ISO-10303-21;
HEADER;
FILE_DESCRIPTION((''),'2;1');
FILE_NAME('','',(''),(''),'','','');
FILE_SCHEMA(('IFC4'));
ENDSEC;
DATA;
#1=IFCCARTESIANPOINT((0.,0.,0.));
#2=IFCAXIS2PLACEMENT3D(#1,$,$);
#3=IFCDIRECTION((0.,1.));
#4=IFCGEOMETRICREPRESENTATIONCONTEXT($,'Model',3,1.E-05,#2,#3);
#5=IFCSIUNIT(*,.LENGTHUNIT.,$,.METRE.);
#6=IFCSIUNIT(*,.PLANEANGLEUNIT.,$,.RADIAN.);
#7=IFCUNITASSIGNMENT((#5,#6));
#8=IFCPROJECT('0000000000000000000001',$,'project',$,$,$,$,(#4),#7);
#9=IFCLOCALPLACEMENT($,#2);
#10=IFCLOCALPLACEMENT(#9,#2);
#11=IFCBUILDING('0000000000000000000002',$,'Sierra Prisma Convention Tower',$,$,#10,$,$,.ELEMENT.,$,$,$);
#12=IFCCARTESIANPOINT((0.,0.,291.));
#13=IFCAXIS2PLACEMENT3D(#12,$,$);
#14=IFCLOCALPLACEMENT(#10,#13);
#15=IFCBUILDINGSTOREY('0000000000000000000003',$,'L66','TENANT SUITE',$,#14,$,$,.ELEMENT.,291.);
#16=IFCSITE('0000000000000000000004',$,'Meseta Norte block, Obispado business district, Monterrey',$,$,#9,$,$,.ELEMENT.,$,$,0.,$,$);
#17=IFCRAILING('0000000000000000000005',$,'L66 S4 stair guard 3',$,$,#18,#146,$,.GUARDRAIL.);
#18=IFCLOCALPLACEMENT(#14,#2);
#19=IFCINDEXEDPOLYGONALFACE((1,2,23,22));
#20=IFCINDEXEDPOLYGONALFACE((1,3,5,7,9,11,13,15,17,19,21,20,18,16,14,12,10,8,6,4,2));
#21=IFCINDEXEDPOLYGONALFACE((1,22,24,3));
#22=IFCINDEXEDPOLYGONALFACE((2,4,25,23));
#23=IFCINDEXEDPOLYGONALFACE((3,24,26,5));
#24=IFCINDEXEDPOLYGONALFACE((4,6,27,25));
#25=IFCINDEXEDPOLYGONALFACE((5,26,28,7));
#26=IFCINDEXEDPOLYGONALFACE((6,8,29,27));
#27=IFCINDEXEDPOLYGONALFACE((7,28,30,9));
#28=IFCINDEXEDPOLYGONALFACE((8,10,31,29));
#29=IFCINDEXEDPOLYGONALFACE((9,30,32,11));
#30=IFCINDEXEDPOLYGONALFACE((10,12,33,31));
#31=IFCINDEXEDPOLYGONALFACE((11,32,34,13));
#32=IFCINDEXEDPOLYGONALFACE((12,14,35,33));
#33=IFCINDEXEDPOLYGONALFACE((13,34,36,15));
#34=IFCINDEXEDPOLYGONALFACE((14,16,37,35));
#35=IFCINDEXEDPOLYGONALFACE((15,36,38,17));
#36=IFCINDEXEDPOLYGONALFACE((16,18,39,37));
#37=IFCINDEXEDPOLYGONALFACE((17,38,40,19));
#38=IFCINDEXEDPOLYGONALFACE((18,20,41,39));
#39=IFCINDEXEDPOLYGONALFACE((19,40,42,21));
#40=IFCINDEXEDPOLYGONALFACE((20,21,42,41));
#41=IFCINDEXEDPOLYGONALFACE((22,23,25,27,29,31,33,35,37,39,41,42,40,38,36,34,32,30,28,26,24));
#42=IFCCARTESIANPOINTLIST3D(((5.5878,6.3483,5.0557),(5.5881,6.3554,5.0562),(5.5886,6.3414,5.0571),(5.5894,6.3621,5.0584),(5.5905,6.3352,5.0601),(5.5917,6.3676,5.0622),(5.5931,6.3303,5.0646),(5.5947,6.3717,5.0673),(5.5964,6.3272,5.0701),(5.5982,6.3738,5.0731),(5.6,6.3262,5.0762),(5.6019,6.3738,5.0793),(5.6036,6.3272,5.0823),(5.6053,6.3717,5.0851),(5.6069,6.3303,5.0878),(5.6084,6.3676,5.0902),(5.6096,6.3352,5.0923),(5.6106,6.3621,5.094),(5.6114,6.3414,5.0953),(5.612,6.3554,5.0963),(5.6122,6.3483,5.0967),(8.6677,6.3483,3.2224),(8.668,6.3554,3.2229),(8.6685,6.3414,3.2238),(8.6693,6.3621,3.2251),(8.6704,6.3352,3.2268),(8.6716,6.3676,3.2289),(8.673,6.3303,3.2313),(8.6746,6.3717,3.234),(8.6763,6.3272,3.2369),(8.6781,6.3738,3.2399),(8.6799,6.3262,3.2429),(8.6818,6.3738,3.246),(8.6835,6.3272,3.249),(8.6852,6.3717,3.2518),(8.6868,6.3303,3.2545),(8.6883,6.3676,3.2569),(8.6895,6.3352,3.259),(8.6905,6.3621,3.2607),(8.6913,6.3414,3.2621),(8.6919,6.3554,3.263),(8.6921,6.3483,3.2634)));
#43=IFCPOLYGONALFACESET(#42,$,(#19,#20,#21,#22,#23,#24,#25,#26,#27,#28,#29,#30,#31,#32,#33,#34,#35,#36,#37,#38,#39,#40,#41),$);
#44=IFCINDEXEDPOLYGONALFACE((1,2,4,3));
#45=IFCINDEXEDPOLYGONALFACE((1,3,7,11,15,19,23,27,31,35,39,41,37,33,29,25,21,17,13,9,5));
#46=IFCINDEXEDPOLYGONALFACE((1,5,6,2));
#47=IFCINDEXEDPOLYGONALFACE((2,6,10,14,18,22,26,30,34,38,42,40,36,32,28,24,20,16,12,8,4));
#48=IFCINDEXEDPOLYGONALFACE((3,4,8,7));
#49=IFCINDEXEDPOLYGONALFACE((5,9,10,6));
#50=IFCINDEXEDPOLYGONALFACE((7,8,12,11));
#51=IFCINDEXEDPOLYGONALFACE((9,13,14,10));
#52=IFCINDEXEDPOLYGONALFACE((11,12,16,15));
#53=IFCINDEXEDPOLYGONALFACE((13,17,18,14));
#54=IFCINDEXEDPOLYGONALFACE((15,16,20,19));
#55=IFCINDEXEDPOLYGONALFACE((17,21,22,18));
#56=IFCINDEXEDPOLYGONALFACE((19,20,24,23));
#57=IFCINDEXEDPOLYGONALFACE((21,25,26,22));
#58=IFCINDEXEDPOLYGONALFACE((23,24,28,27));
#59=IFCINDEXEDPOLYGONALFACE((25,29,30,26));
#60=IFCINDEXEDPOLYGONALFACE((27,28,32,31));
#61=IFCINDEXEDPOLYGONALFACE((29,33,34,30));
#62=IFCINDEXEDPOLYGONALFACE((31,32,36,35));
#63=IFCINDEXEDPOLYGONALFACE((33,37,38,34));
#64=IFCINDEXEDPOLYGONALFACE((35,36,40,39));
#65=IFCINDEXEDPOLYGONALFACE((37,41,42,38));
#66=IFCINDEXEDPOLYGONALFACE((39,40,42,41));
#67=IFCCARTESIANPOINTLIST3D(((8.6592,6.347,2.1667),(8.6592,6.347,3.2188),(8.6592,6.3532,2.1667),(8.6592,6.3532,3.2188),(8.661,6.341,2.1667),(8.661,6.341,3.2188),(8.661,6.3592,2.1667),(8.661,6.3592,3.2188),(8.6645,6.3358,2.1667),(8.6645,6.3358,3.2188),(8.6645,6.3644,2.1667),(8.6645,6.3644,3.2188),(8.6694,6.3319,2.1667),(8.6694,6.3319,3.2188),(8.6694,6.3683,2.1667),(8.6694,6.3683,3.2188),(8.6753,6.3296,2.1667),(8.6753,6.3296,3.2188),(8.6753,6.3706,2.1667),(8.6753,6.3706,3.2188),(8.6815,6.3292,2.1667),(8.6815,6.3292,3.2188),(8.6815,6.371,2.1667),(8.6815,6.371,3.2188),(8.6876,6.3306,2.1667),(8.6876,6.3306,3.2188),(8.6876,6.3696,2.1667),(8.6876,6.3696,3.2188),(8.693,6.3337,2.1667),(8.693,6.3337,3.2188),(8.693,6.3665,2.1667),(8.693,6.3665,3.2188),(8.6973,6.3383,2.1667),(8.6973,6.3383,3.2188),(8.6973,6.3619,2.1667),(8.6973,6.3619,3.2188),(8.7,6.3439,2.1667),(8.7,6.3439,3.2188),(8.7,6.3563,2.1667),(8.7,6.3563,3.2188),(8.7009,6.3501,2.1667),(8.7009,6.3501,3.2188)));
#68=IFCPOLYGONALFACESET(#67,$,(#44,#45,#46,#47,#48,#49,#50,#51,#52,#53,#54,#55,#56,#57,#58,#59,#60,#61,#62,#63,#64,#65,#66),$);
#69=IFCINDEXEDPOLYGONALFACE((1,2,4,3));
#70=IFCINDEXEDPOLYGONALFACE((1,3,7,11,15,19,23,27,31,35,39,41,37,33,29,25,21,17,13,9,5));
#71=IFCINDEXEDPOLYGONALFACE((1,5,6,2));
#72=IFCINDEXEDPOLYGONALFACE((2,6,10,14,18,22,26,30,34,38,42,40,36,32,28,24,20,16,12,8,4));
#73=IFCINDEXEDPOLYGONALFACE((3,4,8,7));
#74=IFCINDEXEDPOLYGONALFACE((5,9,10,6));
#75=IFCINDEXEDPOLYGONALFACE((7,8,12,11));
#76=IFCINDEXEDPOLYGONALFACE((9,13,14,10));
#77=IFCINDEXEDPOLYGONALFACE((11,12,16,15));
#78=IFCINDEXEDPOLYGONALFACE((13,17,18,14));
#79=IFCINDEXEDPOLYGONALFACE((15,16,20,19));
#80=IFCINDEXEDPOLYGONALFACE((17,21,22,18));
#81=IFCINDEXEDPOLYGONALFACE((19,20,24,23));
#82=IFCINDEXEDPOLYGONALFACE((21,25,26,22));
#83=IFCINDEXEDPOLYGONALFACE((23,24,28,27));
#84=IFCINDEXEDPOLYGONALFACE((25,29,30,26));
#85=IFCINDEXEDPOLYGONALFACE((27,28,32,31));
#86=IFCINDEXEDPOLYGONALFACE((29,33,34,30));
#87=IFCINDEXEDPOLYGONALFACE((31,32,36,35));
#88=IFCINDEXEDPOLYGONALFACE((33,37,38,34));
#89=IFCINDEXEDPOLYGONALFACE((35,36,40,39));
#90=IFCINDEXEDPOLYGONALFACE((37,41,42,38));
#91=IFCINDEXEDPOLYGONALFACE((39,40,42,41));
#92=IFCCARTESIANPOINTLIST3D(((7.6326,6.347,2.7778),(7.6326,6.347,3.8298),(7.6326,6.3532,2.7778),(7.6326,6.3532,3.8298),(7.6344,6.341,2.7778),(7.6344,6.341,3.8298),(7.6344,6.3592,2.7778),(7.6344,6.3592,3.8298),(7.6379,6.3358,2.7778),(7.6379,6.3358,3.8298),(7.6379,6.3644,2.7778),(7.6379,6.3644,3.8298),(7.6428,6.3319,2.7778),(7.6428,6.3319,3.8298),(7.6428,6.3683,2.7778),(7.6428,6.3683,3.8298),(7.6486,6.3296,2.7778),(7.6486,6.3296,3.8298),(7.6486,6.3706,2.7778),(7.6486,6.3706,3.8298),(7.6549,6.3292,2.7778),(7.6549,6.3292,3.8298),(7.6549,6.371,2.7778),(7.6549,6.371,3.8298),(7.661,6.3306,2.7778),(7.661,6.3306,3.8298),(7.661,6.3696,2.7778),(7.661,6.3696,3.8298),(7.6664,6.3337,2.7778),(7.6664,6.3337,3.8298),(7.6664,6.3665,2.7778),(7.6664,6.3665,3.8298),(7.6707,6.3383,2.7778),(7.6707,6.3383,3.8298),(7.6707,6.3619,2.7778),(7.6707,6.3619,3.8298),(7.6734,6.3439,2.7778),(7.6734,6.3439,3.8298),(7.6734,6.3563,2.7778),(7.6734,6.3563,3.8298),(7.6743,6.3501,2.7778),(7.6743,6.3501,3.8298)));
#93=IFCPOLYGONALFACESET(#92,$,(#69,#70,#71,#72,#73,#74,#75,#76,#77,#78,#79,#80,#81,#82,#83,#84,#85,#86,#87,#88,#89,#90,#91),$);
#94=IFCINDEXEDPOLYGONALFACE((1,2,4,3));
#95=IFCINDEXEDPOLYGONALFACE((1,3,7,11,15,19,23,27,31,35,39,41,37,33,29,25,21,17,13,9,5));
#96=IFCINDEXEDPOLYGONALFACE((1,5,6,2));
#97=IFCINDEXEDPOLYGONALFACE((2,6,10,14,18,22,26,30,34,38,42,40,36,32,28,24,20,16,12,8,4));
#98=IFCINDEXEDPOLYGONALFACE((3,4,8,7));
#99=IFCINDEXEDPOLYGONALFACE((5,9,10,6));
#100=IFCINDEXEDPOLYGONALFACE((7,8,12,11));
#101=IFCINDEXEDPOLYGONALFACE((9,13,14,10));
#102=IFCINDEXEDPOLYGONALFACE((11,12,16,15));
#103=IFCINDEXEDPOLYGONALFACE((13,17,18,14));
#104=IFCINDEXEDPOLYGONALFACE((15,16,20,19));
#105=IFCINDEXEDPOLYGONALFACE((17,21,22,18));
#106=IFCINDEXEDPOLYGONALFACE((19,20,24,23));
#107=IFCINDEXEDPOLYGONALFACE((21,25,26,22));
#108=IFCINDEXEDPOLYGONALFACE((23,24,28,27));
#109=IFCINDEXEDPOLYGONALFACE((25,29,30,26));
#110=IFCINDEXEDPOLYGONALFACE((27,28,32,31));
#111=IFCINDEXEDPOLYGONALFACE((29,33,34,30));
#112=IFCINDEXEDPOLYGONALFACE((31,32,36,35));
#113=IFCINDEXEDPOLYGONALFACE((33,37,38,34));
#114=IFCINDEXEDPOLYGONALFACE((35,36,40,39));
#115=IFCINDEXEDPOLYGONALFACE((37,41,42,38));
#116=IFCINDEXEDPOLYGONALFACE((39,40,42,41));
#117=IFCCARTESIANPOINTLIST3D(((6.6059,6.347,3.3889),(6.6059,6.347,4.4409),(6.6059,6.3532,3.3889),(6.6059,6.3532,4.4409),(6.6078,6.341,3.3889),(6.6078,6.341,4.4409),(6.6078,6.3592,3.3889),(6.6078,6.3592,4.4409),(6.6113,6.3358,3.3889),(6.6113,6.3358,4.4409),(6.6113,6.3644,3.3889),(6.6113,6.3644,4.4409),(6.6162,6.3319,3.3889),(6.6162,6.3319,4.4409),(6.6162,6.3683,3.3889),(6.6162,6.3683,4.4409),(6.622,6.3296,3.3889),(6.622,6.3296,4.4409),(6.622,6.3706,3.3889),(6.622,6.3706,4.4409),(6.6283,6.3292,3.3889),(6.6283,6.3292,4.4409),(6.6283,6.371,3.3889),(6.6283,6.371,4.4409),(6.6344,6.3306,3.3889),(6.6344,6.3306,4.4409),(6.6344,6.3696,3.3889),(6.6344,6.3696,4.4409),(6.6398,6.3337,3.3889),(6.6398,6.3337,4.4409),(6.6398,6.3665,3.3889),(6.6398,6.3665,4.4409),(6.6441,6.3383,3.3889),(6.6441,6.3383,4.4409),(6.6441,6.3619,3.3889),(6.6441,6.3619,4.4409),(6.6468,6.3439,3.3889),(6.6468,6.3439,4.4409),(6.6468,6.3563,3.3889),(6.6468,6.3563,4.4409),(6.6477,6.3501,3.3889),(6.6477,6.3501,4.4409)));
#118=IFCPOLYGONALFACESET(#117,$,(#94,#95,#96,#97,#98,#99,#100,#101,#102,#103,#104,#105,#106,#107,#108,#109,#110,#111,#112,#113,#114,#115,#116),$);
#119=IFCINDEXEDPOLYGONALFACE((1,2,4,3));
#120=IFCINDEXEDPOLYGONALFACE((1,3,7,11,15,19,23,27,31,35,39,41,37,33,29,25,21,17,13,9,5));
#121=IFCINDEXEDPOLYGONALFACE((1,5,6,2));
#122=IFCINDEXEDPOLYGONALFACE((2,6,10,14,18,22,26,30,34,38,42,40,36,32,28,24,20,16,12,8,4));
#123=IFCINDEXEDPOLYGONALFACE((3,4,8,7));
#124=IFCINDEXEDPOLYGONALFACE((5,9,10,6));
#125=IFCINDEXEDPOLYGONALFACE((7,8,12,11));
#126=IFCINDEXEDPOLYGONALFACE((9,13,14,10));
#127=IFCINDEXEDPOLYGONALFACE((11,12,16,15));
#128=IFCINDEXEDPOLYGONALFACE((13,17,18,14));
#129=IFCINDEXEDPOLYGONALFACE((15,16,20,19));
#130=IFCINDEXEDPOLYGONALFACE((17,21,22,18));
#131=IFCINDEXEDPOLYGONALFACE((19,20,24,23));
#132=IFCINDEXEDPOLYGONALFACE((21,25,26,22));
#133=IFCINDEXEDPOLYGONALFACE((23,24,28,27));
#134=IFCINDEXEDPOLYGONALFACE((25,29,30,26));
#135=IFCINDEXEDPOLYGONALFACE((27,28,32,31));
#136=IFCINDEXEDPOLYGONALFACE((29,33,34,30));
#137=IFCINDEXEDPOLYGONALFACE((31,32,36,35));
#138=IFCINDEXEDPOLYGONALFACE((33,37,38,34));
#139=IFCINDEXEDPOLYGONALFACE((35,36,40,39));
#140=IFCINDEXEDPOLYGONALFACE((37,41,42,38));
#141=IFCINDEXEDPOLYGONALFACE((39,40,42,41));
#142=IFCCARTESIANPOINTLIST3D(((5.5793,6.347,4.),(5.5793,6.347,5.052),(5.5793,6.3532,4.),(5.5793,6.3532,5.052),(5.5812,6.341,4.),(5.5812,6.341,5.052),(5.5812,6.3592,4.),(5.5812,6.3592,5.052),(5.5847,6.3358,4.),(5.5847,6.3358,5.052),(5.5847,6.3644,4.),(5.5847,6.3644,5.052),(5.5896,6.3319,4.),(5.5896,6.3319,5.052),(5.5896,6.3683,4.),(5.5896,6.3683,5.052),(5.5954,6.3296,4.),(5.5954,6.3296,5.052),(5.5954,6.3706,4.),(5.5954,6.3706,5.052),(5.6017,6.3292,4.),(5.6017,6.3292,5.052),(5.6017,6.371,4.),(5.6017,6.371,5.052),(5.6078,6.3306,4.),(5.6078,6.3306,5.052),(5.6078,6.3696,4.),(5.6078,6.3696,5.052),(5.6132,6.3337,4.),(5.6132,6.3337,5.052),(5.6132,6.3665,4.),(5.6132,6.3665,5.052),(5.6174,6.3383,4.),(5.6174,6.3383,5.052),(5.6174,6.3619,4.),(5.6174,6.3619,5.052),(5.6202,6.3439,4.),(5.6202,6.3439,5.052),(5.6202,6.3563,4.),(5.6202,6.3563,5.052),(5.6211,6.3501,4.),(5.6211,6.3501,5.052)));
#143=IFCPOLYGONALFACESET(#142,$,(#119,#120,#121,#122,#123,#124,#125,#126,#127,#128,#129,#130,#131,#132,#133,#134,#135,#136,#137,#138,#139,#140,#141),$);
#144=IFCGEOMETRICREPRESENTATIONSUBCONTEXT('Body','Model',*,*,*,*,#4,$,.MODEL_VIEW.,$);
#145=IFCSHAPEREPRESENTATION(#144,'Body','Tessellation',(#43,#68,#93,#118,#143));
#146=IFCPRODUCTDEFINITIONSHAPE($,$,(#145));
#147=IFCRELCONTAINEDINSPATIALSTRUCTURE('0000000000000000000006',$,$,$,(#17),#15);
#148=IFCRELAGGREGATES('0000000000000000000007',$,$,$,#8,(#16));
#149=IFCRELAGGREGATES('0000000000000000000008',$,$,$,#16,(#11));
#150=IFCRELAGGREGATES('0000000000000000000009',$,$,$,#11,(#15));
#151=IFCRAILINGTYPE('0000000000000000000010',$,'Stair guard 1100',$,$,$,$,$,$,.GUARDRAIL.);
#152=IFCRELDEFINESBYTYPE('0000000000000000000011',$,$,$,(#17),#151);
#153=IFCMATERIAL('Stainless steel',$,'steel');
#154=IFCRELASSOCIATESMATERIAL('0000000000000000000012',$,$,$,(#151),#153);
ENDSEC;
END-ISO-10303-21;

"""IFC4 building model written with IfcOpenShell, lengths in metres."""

from ifc_helpers import new_model, si_unit, direction, frame, origin, origin_2d, place, context, subcontext, project, spatial, circle, extrude, material, type_object, element, save


model = new_model("IFC4")

# Units and contexts
model_context = context("Model", 3, precision=1e-05, world=origin(), true_north=direction((0.0, 1.0)))
body_context = subcontext(model_context, "Body", "Model", "MODEL_VIEW")
ifc_project = project(units=[si_unit("LENGTHUNIT", "METRE"), si_unit("PLANEANGLEUNIT", "RADIAN")], contexts=[model_context])

# Site, building, storey
site_placement = place(None, origin())
site = spatial("IfcSite", under=ifc_project, at=site_placement, Name="Meseta Norte block, Obispado business district, Monterrey", CompositionType="ELEMENT", RefElevation=0.0)
building_placement = place(site_placement, origin())
building = spatial("IfcBuilding", under=site, at=building_placement, Name="Sierra Prisma Convention Tower", CompositionType="ELEMENT")
storey_placement = place(building_placement, frame((0.0, 0.0, 291.0)))
storey = spatial("IfcBuildingStorey", under=building, at=storey_placement, Name="L66", Description="TENANT SUITE", CompositionType="ELEMENT", Elevation=291.0)

# Railing
ifc_material_1 = material(Name="Stainless steel", Category="steel")
railing_type_1 = type_object("IfcRailingType", Name="Stair guard 1100", PredefinedType="GUARDRAIL", material=ifc_material_1)
railing_1_placement = place(storey_placement, frame((8.6799, 6.3501, 2.1667)))
element("IfcRailing", 1, at=railing_1_placement, inside=storey, type_object=railing_type_1, Name="L66 S4 stair guard 3", PredefinedType="GUARDRAIL", context=body_context, shape_type="SweptSolid", body=[
    extrude(circle(Radius=0.0239, at=origin_2d()), frame((0.0, 0.0, 1.0762), z_axis=(-0.859291, 0.0, 0.511487), x_axis=(0.0, -1.0, 0.0)), (0.0, 0.0, 1.0), 3.5842),
    extrude(circle(Radius=0.021, at=origin_2d()), origin(), (0.0, 0.0, 1.0), 1.052),
    extrude(circle(Radius=0.021, at=origin_2d()), frame((-1.0266, 0.0, 0.6111)), (0.0, 0.0, 1.0), 1.052),
    extrude(circle(Radius=0.021, at=origin_2d()), frame((-2.0532, 0.0, 1.2222)), (0.0, 0.0, 1.0), 1.052),
    extrude(circle(Radius=0.021, at=origin_2d()), frame((-3.0798, 0.0, 1.8333)), (0.0, 0.0, 1.0), 1.052),
])

save(model, "model.ifc")
